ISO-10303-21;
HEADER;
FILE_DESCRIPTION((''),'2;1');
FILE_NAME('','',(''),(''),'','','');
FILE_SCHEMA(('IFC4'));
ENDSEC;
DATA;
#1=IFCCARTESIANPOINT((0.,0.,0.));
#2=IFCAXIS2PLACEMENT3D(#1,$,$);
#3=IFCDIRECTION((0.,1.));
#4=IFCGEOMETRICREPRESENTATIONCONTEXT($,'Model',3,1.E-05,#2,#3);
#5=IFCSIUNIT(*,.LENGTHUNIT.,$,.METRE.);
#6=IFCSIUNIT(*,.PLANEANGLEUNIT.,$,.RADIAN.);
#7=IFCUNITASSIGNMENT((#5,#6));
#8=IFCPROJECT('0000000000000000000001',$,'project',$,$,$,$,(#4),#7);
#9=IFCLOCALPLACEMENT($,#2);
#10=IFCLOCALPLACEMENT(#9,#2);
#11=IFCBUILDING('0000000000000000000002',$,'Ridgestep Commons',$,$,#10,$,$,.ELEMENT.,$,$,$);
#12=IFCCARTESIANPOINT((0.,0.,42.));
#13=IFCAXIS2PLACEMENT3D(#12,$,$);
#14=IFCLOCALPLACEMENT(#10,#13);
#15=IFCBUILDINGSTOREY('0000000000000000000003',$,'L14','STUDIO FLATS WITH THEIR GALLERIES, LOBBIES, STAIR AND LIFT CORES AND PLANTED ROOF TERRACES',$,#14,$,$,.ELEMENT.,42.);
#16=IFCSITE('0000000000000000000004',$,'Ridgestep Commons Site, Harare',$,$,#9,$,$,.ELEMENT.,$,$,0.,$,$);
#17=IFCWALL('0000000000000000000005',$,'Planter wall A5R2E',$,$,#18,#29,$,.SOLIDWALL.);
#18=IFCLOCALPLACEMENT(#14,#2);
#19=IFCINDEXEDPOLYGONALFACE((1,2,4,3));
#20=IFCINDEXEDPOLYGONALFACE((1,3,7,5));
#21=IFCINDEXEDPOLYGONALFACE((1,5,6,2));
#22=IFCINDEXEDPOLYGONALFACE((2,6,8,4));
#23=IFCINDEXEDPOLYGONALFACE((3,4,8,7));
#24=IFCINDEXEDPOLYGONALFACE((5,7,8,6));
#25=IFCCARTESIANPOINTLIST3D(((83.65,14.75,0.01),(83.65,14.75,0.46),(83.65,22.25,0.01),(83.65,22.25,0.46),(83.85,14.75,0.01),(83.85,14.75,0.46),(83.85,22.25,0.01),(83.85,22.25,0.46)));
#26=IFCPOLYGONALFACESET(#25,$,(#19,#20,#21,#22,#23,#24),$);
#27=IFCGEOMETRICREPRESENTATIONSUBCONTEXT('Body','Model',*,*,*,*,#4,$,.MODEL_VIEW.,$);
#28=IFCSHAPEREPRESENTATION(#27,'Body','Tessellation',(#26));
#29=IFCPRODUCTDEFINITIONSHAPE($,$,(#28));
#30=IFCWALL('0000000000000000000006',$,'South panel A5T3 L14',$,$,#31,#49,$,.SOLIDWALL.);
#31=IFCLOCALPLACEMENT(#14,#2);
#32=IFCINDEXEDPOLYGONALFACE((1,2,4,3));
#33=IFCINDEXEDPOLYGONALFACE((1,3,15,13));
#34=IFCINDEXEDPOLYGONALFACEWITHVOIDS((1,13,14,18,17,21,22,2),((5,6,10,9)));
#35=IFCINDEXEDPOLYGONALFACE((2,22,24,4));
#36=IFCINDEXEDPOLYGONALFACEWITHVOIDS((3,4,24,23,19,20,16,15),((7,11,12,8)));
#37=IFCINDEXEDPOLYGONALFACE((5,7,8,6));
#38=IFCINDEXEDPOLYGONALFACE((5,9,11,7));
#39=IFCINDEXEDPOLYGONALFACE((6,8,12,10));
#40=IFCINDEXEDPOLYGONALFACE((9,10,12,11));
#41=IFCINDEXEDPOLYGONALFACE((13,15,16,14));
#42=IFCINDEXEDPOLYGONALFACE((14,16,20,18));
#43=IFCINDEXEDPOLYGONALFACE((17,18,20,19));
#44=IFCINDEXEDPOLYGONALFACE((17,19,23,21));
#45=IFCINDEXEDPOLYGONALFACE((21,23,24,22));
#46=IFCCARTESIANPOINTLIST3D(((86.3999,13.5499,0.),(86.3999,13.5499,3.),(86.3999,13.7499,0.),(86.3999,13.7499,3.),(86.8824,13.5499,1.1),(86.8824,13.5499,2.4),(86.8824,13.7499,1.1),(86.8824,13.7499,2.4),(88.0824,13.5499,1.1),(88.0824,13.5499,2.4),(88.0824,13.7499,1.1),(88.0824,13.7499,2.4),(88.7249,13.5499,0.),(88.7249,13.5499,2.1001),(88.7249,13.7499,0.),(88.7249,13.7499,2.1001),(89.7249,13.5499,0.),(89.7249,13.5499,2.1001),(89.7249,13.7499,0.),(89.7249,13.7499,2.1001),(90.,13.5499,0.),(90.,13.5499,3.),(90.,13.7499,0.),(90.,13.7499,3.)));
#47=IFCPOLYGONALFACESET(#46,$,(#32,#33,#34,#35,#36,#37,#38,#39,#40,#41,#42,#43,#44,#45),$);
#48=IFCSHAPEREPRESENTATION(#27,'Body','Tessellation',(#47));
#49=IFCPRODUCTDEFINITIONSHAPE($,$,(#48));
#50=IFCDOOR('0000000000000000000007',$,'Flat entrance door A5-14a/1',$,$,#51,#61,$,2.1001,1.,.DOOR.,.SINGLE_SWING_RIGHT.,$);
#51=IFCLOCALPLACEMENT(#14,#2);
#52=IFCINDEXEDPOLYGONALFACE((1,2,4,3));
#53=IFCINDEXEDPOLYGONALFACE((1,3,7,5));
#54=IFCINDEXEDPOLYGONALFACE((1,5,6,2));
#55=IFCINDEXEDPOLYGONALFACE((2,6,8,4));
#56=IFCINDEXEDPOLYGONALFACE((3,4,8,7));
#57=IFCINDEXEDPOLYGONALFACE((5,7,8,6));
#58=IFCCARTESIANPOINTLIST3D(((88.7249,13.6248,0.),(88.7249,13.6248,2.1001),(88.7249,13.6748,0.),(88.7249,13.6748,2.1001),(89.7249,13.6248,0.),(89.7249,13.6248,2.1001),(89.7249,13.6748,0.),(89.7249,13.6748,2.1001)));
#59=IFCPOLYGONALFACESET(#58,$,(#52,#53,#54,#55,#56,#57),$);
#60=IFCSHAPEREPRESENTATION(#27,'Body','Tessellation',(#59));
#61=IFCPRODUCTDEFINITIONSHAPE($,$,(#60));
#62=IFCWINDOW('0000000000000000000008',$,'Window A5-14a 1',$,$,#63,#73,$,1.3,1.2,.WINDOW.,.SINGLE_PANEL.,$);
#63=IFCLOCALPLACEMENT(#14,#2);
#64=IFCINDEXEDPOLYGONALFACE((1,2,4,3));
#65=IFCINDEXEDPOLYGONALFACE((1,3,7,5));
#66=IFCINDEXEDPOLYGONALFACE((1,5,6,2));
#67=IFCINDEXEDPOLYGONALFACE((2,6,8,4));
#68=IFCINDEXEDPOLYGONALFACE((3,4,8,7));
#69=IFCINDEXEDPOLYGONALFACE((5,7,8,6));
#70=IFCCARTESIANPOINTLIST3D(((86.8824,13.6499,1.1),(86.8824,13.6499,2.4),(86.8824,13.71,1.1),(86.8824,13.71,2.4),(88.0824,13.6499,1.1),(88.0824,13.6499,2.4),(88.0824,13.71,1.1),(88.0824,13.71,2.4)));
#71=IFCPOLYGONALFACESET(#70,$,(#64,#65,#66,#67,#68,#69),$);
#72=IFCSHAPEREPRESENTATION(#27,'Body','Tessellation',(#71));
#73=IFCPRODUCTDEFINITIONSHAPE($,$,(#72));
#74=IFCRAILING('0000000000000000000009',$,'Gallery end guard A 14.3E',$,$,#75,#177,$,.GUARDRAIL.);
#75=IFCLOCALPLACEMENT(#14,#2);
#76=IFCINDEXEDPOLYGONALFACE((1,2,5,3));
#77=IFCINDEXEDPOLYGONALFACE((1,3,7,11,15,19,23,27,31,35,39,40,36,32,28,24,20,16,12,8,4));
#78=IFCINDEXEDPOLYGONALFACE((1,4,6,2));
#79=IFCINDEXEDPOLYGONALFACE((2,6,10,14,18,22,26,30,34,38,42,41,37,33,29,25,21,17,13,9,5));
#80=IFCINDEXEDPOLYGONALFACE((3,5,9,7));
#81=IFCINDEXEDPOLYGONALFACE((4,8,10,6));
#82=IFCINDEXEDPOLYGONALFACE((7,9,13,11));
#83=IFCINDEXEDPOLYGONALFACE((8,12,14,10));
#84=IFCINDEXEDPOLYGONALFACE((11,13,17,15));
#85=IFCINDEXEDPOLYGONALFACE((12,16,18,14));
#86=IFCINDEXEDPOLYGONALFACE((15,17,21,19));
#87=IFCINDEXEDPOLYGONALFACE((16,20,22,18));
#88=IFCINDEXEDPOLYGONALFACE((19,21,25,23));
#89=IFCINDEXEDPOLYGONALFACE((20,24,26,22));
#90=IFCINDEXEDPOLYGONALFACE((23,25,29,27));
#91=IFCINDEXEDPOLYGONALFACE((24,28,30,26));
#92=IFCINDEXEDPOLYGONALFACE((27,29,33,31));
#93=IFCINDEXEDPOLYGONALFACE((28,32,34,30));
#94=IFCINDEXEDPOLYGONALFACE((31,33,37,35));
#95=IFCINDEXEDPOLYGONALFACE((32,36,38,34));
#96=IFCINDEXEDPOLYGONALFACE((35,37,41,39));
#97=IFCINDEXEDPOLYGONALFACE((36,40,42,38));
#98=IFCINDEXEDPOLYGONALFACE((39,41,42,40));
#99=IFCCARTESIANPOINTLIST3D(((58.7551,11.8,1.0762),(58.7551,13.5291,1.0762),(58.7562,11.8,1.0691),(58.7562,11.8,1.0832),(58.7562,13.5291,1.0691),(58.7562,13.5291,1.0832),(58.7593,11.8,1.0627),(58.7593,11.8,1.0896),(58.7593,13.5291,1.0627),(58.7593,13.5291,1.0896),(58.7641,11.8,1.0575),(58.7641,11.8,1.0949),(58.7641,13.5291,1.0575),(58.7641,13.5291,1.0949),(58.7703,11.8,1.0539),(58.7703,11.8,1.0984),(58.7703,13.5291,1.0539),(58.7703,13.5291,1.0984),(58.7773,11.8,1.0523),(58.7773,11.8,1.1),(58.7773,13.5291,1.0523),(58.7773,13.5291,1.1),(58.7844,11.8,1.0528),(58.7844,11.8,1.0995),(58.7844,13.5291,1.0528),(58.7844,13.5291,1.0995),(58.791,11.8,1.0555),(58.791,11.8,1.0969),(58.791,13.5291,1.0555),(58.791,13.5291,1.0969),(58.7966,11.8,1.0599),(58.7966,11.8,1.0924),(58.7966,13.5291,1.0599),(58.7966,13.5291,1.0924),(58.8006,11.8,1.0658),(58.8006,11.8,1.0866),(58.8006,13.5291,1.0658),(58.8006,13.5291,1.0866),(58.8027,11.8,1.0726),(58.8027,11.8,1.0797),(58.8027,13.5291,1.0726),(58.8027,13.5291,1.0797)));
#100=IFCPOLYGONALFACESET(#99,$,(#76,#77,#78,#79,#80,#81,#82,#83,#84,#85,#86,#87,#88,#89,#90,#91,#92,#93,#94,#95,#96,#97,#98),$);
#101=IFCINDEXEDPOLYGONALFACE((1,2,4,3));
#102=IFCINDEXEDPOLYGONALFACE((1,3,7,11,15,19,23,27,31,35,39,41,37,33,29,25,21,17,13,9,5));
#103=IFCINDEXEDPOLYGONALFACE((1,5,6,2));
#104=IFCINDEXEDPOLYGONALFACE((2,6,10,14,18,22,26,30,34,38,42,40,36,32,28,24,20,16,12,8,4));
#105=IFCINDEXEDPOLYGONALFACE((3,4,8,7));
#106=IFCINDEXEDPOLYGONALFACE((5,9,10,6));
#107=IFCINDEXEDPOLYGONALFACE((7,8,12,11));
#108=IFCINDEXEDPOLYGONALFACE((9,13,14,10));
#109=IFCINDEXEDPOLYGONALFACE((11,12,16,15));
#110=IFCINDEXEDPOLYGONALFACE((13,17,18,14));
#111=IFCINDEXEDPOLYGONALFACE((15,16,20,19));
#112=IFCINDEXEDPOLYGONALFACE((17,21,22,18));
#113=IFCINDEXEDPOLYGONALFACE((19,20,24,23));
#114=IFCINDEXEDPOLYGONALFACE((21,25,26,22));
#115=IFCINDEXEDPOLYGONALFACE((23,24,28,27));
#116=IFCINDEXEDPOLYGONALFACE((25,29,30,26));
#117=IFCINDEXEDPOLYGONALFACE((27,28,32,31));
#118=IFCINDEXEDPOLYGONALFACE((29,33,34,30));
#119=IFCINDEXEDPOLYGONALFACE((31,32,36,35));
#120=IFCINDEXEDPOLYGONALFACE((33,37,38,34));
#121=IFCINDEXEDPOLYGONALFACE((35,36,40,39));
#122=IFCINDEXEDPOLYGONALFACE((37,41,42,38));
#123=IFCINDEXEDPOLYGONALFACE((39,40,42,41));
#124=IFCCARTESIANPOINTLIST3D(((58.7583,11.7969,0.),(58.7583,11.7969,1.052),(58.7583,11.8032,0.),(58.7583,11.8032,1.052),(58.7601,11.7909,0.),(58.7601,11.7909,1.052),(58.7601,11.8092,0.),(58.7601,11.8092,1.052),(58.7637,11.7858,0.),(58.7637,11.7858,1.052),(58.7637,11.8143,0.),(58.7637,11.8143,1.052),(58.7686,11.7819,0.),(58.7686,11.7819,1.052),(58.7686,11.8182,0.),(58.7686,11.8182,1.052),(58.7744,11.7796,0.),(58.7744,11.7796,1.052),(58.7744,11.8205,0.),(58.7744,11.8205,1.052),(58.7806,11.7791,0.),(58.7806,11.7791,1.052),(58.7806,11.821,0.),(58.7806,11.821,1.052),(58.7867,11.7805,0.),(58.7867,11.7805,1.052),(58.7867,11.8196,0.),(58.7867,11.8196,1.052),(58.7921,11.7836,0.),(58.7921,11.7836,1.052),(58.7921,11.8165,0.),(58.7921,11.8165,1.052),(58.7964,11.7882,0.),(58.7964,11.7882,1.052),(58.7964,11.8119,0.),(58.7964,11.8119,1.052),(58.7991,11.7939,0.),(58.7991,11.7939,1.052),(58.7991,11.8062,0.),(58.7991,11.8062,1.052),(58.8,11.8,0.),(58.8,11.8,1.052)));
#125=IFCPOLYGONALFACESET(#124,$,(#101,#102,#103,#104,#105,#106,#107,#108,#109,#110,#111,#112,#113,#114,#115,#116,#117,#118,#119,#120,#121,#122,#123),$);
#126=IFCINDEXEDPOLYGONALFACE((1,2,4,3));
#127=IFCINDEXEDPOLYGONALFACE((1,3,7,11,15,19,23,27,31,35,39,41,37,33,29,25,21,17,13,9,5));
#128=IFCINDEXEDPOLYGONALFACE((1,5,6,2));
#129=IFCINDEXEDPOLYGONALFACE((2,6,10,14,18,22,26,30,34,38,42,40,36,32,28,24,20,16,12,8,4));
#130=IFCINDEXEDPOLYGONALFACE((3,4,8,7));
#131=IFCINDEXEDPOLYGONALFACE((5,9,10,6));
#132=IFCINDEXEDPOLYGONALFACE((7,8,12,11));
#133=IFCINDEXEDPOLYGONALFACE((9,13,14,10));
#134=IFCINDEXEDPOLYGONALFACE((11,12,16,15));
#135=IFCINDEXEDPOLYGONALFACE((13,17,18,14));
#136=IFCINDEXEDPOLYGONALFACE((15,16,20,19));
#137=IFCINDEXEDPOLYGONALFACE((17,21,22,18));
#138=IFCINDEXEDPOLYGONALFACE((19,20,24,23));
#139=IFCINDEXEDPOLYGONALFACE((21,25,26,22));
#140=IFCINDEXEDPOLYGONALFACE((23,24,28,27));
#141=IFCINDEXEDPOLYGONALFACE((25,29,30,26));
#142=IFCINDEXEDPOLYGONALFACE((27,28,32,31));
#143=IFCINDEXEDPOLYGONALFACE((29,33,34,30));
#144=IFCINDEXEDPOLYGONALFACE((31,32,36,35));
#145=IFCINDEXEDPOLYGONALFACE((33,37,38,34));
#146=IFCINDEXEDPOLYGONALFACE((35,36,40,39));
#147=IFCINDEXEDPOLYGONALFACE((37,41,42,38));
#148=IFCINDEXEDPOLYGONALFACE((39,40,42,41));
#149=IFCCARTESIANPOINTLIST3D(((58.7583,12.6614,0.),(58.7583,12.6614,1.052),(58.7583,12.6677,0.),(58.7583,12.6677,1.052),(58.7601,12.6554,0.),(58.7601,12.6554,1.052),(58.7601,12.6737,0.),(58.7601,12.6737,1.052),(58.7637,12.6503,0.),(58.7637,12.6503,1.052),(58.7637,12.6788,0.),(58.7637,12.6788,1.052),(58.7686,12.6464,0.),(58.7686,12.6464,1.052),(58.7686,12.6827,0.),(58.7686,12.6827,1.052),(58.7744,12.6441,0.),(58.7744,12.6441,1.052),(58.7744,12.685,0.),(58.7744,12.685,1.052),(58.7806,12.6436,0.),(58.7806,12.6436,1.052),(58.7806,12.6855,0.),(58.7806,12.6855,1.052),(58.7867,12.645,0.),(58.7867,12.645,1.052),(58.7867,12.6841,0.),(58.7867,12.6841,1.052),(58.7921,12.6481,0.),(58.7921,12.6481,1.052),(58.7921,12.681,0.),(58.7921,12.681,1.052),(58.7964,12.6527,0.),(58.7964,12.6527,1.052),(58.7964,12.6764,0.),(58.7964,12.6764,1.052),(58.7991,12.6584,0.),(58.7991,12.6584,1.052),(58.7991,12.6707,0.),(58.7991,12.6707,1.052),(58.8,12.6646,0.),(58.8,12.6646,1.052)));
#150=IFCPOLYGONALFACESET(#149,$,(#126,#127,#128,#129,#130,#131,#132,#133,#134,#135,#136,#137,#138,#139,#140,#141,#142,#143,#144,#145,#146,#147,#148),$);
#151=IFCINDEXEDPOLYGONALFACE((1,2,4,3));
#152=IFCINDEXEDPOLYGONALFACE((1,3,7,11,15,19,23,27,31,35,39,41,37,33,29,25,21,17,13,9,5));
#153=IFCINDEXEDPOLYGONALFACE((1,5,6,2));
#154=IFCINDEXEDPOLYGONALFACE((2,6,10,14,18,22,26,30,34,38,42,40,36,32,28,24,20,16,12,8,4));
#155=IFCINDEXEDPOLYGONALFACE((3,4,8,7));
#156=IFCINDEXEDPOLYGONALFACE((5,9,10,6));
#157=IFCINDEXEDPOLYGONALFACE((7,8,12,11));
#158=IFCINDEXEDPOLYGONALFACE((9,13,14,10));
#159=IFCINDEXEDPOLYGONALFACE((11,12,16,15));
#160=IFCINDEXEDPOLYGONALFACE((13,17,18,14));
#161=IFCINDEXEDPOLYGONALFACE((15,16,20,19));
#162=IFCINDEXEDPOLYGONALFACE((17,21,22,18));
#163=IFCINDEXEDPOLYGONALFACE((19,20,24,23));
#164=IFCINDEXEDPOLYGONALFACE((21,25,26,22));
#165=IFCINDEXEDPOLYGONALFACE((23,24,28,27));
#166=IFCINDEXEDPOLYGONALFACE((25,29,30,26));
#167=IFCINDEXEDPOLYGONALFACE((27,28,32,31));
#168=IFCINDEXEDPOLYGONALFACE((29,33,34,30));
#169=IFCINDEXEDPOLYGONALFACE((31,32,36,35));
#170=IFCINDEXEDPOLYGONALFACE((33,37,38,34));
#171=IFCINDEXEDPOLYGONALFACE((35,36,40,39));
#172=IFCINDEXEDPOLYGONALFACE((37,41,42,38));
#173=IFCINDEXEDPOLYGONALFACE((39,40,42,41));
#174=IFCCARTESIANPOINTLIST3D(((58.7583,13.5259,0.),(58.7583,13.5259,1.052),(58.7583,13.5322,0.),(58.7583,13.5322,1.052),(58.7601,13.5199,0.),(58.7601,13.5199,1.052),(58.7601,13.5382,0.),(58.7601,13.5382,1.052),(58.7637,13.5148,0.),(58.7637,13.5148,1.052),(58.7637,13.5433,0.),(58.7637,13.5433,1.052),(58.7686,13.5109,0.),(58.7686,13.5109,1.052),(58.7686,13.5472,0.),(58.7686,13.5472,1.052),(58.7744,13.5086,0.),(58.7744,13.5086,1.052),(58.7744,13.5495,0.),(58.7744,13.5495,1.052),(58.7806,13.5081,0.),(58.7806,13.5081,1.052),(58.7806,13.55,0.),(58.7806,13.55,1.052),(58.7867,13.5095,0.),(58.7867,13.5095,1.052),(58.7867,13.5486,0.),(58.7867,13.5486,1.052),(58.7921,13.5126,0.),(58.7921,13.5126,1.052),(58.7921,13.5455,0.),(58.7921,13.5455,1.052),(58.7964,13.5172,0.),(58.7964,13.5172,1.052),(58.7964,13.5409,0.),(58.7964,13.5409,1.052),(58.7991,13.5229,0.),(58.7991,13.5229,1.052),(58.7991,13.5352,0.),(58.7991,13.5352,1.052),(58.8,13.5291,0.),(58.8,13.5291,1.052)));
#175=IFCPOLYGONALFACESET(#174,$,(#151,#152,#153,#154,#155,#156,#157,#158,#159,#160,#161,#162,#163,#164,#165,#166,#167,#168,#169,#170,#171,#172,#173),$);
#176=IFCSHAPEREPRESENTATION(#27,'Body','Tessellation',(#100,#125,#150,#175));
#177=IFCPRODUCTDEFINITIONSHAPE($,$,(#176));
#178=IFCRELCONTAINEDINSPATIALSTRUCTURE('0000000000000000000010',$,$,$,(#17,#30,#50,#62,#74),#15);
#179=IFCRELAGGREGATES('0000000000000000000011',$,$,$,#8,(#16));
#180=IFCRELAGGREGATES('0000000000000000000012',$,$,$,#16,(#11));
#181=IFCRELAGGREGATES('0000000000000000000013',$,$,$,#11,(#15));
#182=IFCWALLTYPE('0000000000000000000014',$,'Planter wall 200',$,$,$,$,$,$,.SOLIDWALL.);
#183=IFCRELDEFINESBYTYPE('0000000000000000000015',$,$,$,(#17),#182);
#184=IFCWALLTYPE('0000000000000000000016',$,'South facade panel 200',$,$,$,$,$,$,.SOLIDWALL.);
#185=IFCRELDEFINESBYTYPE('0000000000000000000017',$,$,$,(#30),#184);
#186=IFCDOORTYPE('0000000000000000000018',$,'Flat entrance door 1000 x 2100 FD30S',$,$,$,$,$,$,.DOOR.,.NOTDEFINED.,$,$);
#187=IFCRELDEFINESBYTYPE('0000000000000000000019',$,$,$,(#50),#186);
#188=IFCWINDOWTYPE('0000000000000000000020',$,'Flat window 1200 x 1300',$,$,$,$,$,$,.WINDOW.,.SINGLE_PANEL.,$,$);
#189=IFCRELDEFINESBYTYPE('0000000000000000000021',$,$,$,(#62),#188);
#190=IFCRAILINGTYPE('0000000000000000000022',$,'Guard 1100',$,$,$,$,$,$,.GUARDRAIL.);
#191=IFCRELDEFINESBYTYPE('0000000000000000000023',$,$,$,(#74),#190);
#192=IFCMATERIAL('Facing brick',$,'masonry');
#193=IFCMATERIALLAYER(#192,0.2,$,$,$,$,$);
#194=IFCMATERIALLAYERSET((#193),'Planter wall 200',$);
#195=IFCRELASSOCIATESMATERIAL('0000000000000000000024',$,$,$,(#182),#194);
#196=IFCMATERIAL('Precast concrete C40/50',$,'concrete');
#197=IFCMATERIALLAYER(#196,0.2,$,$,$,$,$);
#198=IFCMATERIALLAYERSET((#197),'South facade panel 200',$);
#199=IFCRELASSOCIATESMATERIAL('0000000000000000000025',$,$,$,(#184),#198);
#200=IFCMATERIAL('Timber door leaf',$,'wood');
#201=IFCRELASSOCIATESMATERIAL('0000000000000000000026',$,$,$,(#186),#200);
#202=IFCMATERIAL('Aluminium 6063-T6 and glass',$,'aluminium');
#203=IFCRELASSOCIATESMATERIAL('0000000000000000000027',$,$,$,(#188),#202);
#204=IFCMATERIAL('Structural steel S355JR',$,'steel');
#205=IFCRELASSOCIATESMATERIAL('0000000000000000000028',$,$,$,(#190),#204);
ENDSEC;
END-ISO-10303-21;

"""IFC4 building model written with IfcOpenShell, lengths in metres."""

from ifc_helpers import new_model, si_unit, direction, frame, frame_2d, origin, origin_2d, place, context, subcontext, project, spatial, rectangle, circle, extrude, material, layer, layer_set, type_object, element, fill, save


model = new_model("IFC4")

# Units and contexts
model_context = context("Model", 3, precision=1e-05, world=origin(), true_north=direction((0.0, 1.0)))
body_context = subcontext(model_context, "Body", "Model", "MODEL_VIEW")
ifc_project = project(units=[si_unit("LENGTHUNIT", "METRE"), si_unit("PLANEANGLEUNIT", "RADIAN")], contexts=[model_context])

# Site, building, storey
site_placement = place(None, origin())
site = spatial("IfcSite", under=ifc_project, at=site_placement, Name="Ridgestep Commons Site, Harare", CompositionType="ELEMENT", RefElevation=0.0)
building_placement = place(site_placement, origin())
building = spatial("IfcBuilding", under=site, at=building_placement, Name="Ridgestep Commons", CompositionType="ELEMENT")
storey_placement = place(building_placement, frame((0.0, 0.0, 42.0)))
storey = spatial("IfcBuildingStorey", under=building, at=storey_placement, Name="L14", Description="STUDIO FLATS WITH THEIR GALLERIES, LOBBIES, STAIR AND LIFT CORES AND PLANTED ROOF TERRACES", CompositionType="ELEMENT", Elevation=42.0)

# Wall
ifc_material_1 = material(Name="Facing brick", Category="masonry")
ifc_layer_1 = layer(ifc_material_1, 0.2)
ifc_layer_set_1 = layer_set([ifc_layer_1], Name="Planter wall 200")
wall_type_1 = type_object("IfcWallType", Name="Planter wall 200", PredefinedType="SOLIDWALL", material=ifc_layer_set_1)
for number, where, z_axis, x_axis, name in (
    (1, (83.75, 14.75, 0.01), (0.0, 0.0, 1.0), (0.0, 1.0, 0.0), "Planter wall A5R2E"),
):
    element("IfcWall", number, at=place(storey_placement, frame(where, z_axis=z_axis, x_axis=x_axis)), inside=storey, type_object=wall_type_1, Name=name, PredefinedType="SOLIDWALL", context=body_context, shape_type="SweptSolid", body=[
        extrude(rectangle(XDim=7.5, YDim=0.2, at=frame_2d((3.75, 0.0))), origin(), (0.0, 0.0, 1.0), 0.45),
    ])

# Wall, openings, door, window
ifc_material_2 = material(Name="Precast concrete C40/50", Category="concrete")
ifc_layer_2 = layer(ifc_material_2, 0.2)
ifc_layer_set_2 = layer_set([ifc_layer_2], Name="South facade panel 200")
wall_type_2 = type_object("IfcWallType", Name="South facade panel 200", PredefinedType="SOLIDWALL", material=ifc_layer_set_2)
wall_1_placement = place(storey_placement, frame((86.3999, 13.6499, 0.0), z_axis=(0.0, 0.0, 1.0), x_axis=(1.0, 0.0, 0.0)))
wall_1 = element("IfcWall", 2, at=wall_1_placement, inside=storey, type_object=wall_type_2, Name="South panel A5T3 L14", PredefinedType="SOLIDWALL", context=body_context, shape_type="SweptSolid", body=[
    extrude(rectangle(XDim=3.6001, YDim=0.2, at=frame_2d((1.8, 0.0))), origin(), (0.0, 0.0, 1.0), 3.0),
])
opening_1_placement = place(wall_1_placement, frame((0.4824, 0.0, 1.1001)))
opening_1 = element("IfcOpeningElement", 3, at=opening_1_placement, cuts=wall_1, PredefinedType="OPENING", context=body_context, shape_type="SweptSolid", body=[
    extrude(rectangle(XDim=1.2, YDim=1.3, at=frame_2d((0.6001, 0.6499))), frame((0.0, 0.1099, 0.0), z_axis=(0.0, -1.0, 0.0), x_axis=(1.0, 0.0, 0.0)), (0.0, 0.0, 1.0), 0.22),
])
opening_2_placement = place(wall_1_placement, frame((2.325, 0.0, 0.0)))
opening_2 = element("IfcOpeningElement", 4, at=opening_2_placement, cuts=wall_1, PredefinedType="OPENING", context=body_context, shape_type="SweptSolid", body=[
    extrude(rectangle(XDim=1.0, YDim=2.1001, at=frame_2d((0.5, 1.05))), frame((0.0, 0.1099, 0.0), z_axis=(0.0, -1.0, 0.0), x_axis=(1.0, 0.0, 0.0)), (0.0, 0.0, 1.0), 0.22),
])
ifc_material_3 = material(Name="Timber door leaf", Category="wood")
door_type_1 = type_object("IfcDoorType", Name="Flat entrance door 1000 x 2100 FD30S", OperationType="NOTDEFINED", PredefinedType="DOOR", material=ifc_material_3)
door_1_placement = place(opening_2_placement, origin())
door_1 = element("IfcDoor", 5, at=door_1_placement, inside=storey, type_object=door_type_1, Name="Flat entrance door A5-14a/1", OperationType="SINGLE_SWING_RIGHT", OverallHeight=2.1001, OverallWidth=1.0, PredefinedType="DOOR", context=body_context, shape_type="SweptSolid", body=[
    extrude(rectangle(XDim=1.0, YDim=2.1001, at=frame_2d((0.5, 1.05))), frame((0.0, 0.0249, 0.0), z_axis=(0.0, -1.0, 0.0), x_axis=(1.0, 0.0, 0.0)), (0.0, 0.0, 1.0), 0.05),
])
fill(opening_2, door_1)
ifc_material_4 = material(Name="Aluminium 6063-T6 and glass", Category="aluminium")
window_type_1 = type_object("IfcWindowType", Name="Flat window 1200 x 1300", PartitioningType="SINGLE_PANEL", PredefinedType="WINDOW", material=ifc_material_4)
window_1_placement = place(opening_1_placement, origin())
window_1 = element("IfcWindow", 6, at=window_1_placement, inside=storey, type_object=window_type_1, Name="Window A5-14a 1", OverallHeight=1.3, OverallWidth=1.2, PartitioningType="SINGLE_PANEL", PredefinedType="WINDOW", context=body_context, shape_type="SweptSolid", body=[
    extrude(rectangle(XDim=1.2, YDim=1.3, at=frame_2d((0.6001, 0.6499))), frame((0.0, 0.0601, 0.0), z_axis=(0.0, -1.0, 0.0), x_axis=(1.0, 0.0, 0.0)), (0.0, 0.0, 1.0), 0.0601),
])
fill(opening_1, window_1)

# Railing
ifc_material_5 = material(Name="Structural steel S355JR", Category="steel")
railing_type = type_object("IfcRailingType", Name="Guard 1100", PredefinedType="GUARDRAIL", material=ifc_material_5)
railing_1_placement = place(storey_placement, frame((58.7791, 11.8, 0.0)))
element("IfcRailing", 7, at=railing_1_placement, inside=storey, type_object=railing_type, Name="Gallery end guard A 14.3E", PredefinedType="GUARDRAIL", context=body_context, shape_type="SweptSolid", body=[
    extrude(circle(Radius=0.0239, at=origin_2d()), frame((0.0, 0.0, 1.0762), z_axis=(0.0, 1.0, 0.0), x_axis=(-1.0, 0.0, 0.0)), (0.0, 0.0, 1.0), 1.729),
    extrude(circle(Radius=0.021, at=origin_2d()), origin(), (0.0, 0.0, 1.0), 1.052),
    extrude(circle(Radius=0.021, at=origin_2d()), frame((0.0, 0.8645, 0.0)), (0.0, 0.0, 1.0), 1.052),
    extrude(circle(Radius=0.021, at=origin_2d()), frame((0.0, 1.729, 0.0)), (0.0, 0.0, 1.0), 1.052),
])

save(model, "model.ifc")
